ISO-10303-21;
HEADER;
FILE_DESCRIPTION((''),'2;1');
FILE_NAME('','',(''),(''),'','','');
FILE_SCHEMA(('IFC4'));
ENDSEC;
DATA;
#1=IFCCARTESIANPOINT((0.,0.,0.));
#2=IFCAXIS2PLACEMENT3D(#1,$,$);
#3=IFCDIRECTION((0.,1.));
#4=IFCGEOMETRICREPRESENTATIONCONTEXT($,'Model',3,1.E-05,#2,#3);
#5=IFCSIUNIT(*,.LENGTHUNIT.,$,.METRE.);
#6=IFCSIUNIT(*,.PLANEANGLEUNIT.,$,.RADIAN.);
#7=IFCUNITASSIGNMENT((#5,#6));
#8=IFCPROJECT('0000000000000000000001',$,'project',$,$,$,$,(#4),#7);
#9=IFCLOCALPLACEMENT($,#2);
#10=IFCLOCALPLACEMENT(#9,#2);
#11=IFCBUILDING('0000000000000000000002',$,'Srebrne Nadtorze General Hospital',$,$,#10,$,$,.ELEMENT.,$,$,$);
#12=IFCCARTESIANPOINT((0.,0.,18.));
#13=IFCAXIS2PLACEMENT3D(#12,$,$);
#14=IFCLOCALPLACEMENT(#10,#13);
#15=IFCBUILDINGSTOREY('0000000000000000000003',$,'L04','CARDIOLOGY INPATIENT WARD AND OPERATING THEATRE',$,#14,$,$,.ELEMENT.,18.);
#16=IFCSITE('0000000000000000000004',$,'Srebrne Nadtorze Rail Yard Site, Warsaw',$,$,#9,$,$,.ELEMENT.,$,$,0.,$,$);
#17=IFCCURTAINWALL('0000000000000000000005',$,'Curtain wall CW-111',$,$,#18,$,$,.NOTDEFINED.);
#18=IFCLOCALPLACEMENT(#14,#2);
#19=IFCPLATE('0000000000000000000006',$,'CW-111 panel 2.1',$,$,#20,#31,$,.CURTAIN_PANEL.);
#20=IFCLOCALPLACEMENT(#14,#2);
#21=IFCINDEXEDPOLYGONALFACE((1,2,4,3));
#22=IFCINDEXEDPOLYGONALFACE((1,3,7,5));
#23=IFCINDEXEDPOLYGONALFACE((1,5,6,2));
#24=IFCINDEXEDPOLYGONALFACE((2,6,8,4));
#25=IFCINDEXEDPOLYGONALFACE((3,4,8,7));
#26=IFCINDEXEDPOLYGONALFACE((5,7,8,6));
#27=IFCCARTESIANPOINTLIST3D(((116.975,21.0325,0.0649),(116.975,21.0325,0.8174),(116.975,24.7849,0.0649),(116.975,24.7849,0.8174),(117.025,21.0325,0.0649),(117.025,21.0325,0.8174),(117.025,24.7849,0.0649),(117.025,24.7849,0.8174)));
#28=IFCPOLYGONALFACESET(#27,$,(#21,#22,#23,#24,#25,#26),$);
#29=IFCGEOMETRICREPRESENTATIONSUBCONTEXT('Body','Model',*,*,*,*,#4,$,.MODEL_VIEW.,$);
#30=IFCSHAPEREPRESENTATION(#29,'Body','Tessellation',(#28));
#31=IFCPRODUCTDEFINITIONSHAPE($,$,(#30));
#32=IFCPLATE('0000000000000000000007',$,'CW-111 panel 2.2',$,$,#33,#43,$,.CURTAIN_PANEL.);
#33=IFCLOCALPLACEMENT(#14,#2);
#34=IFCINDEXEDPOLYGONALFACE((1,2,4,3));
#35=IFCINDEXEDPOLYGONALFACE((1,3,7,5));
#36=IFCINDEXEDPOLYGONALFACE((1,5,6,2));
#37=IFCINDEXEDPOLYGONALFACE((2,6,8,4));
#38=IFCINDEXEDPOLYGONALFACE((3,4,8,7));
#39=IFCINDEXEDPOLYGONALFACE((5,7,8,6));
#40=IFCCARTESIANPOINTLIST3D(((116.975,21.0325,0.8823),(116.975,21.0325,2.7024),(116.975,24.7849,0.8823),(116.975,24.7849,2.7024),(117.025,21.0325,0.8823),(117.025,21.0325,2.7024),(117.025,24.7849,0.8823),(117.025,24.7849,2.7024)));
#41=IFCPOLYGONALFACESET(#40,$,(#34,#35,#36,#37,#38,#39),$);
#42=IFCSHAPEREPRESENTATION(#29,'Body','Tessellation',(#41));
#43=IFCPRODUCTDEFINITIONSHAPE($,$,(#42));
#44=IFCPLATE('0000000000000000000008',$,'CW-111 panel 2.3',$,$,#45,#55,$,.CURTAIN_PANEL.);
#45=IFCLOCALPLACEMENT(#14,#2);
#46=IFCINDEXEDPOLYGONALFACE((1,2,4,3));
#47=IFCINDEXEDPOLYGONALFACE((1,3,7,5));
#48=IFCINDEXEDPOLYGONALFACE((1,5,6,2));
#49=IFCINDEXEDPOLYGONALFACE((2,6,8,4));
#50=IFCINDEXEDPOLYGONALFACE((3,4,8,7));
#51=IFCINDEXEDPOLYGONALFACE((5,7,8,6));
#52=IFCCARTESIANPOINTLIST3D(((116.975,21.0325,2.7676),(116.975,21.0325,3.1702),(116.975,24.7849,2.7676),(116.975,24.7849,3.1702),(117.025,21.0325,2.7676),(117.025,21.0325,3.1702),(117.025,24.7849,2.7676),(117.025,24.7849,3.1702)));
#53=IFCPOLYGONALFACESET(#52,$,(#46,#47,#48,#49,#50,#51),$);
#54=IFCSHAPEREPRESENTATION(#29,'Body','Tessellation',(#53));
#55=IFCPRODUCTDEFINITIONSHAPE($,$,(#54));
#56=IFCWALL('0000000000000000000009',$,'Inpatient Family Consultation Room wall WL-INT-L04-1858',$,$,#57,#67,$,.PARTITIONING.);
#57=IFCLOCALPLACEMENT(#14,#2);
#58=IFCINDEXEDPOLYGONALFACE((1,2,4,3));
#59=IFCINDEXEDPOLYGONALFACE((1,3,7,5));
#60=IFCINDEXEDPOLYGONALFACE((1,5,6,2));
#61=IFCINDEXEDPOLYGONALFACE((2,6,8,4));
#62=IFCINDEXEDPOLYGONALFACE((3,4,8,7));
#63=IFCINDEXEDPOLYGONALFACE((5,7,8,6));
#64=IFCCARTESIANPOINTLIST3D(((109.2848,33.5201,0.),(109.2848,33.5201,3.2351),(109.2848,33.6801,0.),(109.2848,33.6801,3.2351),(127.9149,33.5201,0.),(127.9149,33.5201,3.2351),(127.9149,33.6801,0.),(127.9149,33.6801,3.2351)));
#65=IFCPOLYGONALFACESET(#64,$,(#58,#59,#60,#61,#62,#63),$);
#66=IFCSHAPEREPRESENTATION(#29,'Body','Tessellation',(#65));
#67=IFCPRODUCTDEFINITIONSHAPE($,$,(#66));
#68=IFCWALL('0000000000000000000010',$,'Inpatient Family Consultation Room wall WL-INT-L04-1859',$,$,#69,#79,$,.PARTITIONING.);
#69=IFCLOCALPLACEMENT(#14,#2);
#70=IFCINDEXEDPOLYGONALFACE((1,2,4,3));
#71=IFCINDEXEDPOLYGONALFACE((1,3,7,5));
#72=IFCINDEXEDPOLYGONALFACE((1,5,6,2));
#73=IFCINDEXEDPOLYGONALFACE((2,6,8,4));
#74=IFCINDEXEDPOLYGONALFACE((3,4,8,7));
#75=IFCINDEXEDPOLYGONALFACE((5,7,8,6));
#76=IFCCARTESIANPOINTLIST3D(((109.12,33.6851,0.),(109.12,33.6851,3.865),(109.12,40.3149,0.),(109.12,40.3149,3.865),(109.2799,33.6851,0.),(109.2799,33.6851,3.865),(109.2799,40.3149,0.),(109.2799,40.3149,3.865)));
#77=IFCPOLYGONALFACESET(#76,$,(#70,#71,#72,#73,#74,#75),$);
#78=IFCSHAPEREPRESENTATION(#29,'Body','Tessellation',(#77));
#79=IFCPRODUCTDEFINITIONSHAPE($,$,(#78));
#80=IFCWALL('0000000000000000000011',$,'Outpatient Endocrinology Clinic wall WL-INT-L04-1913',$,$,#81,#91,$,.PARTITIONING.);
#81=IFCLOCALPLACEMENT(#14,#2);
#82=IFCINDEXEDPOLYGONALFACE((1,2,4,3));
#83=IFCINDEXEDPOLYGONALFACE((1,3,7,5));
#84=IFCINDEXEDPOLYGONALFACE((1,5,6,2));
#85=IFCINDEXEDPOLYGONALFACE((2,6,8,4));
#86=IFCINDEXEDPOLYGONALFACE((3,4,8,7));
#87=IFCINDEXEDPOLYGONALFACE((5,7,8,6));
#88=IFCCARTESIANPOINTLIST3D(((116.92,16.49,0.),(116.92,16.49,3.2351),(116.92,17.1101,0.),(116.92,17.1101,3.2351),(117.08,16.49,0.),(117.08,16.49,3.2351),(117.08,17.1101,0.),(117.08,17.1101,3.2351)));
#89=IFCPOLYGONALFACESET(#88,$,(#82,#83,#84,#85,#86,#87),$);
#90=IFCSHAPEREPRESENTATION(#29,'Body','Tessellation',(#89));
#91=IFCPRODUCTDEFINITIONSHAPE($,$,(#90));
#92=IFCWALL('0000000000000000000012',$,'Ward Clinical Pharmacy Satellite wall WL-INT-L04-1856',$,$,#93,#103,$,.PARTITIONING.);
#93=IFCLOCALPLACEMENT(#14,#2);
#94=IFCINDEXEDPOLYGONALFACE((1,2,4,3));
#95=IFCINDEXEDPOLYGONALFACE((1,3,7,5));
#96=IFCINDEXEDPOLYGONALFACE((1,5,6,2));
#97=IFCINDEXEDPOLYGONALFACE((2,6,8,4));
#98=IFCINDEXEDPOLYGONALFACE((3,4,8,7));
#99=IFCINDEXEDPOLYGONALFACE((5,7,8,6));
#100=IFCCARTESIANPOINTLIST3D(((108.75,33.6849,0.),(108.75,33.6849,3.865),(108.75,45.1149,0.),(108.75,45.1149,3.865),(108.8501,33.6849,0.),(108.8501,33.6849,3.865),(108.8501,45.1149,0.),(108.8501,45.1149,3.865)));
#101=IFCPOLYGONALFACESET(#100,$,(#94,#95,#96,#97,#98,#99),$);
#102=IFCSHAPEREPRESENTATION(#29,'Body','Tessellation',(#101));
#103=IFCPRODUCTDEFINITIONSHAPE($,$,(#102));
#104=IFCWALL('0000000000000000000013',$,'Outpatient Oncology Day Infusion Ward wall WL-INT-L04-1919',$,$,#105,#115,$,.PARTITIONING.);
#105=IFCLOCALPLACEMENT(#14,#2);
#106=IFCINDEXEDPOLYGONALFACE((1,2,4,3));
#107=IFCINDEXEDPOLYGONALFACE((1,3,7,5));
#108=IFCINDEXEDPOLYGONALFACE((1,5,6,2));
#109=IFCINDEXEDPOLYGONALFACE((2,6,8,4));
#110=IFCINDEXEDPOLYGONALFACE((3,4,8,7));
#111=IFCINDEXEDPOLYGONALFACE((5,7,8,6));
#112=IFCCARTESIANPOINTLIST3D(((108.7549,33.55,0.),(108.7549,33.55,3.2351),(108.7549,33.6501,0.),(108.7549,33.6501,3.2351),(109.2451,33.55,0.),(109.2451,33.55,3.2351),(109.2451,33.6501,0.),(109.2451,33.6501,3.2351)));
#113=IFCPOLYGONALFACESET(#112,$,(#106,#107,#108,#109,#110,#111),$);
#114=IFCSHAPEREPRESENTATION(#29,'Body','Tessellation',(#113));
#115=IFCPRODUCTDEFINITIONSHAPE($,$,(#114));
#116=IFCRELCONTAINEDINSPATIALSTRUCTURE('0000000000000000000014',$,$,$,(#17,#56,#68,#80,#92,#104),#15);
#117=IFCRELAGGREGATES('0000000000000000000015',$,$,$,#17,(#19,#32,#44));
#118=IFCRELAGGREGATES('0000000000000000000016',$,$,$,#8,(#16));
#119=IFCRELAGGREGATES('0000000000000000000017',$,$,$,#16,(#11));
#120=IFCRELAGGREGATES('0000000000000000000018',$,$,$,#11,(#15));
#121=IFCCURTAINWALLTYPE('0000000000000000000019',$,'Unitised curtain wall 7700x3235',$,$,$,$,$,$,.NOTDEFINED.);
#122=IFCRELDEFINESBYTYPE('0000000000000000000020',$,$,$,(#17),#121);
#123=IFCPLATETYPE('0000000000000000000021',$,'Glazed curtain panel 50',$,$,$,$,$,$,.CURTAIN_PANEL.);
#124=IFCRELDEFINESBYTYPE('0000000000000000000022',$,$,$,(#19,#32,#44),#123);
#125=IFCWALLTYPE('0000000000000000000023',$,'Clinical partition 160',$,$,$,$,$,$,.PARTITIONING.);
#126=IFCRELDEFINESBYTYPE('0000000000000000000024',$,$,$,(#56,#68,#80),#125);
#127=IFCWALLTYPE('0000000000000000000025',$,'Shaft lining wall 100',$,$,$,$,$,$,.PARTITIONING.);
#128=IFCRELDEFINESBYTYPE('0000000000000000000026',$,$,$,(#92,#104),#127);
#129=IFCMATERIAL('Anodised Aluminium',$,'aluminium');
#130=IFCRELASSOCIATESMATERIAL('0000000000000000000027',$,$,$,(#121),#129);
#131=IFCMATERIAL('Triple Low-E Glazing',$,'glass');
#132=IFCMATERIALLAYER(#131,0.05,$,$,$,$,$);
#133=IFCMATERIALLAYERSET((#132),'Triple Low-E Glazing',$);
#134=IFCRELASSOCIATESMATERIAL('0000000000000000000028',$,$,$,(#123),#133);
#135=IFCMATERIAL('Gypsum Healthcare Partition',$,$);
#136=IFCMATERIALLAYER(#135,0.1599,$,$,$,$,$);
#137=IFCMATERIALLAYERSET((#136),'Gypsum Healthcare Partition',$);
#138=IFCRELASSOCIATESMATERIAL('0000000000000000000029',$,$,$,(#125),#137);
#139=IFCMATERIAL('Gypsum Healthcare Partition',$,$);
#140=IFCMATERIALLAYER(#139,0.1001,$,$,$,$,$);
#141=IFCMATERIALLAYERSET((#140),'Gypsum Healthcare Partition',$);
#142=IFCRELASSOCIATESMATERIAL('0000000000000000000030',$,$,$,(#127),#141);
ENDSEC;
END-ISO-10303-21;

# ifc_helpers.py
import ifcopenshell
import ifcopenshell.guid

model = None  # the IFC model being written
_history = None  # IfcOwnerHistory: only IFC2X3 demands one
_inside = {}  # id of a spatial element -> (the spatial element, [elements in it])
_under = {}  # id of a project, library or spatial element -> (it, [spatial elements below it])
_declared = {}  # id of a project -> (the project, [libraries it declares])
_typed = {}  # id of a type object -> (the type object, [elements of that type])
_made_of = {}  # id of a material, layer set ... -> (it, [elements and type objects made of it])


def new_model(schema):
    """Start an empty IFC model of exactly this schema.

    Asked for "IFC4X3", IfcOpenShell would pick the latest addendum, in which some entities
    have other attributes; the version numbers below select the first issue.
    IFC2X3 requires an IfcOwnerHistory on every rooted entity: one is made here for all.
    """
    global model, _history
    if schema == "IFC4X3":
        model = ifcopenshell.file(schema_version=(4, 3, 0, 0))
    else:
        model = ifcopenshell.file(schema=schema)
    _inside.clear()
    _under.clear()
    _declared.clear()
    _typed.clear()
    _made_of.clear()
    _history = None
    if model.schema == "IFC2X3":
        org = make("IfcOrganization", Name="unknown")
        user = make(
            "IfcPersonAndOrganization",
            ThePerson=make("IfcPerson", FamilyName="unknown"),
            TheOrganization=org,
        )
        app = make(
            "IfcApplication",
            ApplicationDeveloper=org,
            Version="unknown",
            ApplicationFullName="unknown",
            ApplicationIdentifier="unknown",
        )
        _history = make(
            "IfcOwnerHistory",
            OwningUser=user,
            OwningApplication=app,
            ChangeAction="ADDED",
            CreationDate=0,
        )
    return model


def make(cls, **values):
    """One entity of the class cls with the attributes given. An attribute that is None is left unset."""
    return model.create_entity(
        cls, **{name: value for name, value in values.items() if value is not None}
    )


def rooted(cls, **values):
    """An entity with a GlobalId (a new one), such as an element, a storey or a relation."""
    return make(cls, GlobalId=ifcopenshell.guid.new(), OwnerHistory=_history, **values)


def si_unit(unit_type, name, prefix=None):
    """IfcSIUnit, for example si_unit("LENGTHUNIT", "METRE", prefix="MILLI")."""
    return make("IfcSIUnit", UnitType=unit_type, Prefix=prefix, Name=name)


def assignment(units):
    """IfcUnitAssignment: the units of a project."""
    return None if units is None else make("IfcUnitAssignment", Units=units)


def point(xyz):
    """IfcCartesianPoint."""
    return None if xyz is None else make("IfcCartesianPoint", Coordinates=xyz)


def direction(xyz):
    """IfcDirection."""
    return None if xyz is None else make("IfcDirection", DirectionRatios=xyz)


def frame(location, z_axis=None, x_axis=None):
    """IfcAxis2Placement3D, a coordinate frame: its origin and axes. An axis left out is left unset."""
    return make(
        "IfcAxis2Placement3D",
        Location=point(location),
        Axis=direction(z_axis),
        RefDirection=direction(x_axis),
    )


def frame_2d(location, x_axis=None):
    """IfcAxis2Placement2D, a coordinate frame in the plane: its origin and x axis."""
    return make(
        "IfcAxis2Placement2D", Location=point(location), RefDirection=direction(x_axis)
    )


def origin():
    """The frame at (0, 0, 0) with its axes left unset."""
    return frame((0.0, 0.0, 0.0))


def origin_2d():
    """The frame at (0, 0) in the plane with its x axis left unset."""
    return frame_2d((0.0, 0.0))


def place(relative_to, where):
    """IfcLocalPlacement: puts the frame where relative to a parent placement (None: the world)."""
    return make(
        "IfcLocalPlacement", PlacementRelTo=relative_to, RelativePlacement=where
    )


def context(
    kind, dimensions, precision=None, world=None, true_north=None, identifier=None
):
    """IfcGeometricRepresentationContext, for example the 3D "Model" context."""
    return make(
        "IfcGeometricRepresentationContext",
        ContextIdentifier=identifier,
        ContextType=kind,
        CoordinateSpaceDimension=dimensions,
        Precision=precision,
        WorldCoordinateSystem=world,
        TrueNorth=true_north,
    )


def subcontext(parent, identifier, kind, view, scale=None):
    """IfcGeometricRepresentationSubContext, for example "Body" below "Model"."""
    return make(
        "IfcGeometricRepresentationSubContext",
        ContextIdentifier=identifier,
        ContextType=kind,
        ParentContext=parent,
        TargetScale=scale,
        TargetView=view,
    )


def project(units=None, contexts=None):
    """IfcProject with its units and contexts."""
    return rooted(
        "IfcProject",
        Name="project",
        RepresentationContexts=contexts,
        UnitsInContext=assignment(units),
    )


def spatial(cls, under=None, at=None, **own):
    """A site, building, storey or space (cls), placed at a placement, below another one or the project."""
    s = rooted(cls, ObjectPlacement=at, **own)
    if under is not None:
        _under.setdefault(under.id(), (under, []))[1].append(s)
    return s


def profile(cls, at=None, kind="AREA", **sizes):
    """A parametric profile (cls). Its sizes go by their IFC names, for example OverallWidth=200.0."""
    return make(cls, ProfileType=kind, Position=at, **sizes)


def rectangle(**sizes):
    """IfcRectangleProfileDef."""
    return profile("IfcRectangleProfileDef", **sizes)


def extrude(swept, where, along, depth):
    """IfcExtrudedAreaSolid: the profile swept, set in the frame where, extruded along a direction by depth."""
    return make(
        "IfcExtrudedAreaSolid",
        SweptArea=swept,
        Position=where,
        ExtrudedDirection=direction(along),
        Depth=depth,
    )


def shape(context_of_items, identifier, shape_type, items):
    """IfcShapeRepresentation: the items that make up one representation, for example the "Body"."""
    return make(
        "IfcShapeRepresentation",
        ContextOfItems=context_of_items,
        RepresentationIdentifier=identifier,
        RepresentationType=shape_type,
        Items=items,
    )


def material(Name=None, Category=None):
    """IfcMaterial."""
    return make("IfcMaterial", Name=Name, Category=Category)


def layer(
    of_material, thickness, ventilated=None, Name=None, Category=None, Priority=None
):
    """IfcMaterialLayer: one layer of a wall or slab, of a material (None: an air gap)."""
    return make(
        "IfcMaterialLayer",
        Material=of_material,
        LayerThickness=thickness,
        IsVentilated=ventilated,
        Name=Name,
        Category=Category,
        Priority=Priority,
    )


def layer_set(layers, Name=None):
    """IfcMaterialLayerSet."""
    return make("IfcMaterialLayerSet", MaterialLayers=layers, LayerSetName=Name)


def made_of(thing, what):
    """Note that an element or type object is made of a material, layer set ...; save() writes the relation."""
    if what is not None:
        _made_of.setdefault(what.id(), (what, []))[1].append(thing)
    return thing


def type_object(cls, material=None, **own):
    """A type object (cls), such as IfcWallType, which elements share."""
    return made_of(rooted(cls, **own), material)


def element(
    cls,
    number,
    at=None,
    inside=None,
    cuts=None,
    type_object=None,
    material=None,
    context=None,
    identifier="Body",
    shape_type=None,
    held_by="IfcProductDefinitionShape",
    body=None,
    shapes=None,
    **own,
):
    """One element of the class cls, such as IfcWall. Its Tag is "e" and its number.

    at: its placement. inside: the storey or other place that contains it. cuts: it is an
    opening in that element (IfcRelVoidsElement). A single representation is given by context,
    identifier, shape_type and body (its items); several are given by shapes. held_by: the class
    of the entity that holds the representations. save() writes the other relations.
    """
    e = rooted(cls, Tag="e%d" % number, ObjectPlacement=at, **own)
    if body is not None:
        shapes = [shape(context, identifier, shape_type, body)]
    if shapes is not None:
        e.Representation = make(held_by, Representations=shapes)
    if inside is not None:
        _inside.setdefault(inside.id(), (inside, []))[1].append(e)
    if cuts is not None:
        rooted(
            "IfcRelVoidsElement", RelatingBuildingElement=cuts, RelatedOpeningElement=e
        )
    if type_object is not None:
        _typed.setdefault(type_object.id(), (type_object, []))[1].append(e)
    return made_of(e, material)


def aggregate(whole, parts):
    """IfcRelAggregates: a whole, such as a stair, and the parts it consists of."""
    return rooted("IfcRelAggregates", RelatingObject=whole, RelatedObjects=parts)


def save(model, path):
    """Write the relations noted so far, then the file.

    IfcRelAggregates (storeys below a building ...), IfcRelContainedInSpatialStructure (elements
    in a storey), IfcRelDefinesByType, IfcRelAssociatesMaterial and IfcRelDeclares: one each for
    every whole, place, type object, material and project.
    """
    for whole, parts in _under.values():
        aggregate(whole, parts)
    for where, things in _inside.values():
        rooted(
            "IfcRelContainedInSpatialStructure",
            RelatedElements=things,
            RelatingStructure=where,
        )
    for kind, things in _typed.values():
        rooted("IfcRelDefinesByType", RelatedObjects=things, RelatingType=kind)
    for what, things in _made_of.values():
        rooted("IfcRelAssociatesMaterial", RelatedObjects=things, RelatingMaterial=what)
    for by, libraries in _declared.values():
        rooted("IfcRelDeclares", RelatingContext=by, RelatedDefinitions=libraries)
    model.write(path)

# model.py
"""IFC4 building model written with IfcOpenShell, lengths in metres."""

from ifc_helpers import new_model, si_unit, direction, frame, frame_2d, origin, origin_2d, place, context, subcontext, project, spatial, rectangle, extrude, material, layer, layer_set, type_object, element, aggregate, save


model = new_model("IFC4")

# Units and contexts
model_context = context("Model", 3, precision=1e-05, world=origin(), true_north=direction((0.0, 1.0)))
body_context = subcontext(model_context, "Body", "Model", "MODEL_VIEW")
ifc_project = project(units=[si_unit("LENGTHUNIT", "METRE"), si_unit("PLANEANGLEUNIT", "RADIAN")], contexts=[model_context])

# Site, building, storey
site_placement = place(None, origin())
site = spatial("IfcSite", under=ifc_project, at=site_placement, Name="Srebrne Nadtorze Rail Yard Site, Warsaw", CompositionType="ELEMENT", RefElevation=0.0)
building_placement = place(site_placement, origin())
building = spatial("IfcBuilding", under=site, at=building_placement, Name="Srebrne Nadtorze General Hospital", CompositionType="ELEMENT")
storey_placement = place(building_placement, frame((0.0, 0.0, 18.0)))
storey = spatial("IfcBuildingStorey", under=building, at=storey_placement, Name="L04", Description="CARDIOLOGY INPATIENT WARD AND OPERATING THEATRE", CompositionType="ELEMENT", Elevation=18.0)

# Shared definitions
ifc_material_1 = material(Name="Anodised Aluminium", Category="aluminium")
curtain_wall_type = type_object("IfcCurtainWallType", Name="Unitised curtain wall 7700x3235", PredefinedType="NOTDEFINED", material=ifc_material_1)

# Curtain wall
curtain_wall_1_placement = place(storey_placement, origin())
curtain_wall_1 = element("IfcCurtainWall", 1, at=curtain_wall_1_placement, inside=storey, type_object=curtain_wall_type, Name="Curtain wall CW-111", PredefinedType="NOTDEFINED")

# Plates
ifc_material_2 = material(Name="Triple Low-E Glazing", Category="glass")
ifc_layer_1 = layer(ifc_material_2, 0.05)
ifc_layer_set_1 = layer_set([ifc_layer_1], Name="Triple Low-E Glazing")
plate_type = type_object("IfcPlateType", Name="Glazed curtain panel 50", PredefinedType="CURTAIN_PANEL", material=ifc_layer_set_1)
plate_1_placement = place(storey_placement, frame((117.0, 22.9087, 0.0649), z_axis=(0.0, 0.0, 1.0), x_axis=(0.0, 1.0, 0.0)))
plate_1 = element("IfcPlate", 2, at=plate_1_placement, type_object=plate_type, Name="CW-111 panel 2.1", PredefinedType="CURTAIN_PANEL", context=body_context, shape_type="SweptSolid", body=[
    extrude(rectangle(XDim=3.7524, YDim=0.05, at=origin_2d()), origin(), (0.0, 0.0, 1.0), 0.7524),
])
plate_2_placement = place(storey_placement, frame((117.0, 22.9087, 0.8823), z_axis=(0.0, 0.0, 1.0), x_axis=(0.0, 1.0, 0.0)))
plate_2 = element("IfcPlate", 3, at=plate_2_placement, type_object=plate_type, Name="CW-111 panel 2.2", PredefinedType="CURTAIN_PANEL", context=body_context, shape_type="SweptSolid", body=[
    extrude(rectangle(XDim=3.7524, YDim=0.05, at=origin_2d()), origin(), (0.0, 0.0, 1.0), 1.8201),
])
plate_3_placement = place(storey_placement, frame((117.0, 22.9087, 2.7676), z_axis=(0.0, 0.0, 1.0), x_axis=(0.0, 1.0, 0.0)))
plate_3 = element("IfcPlate", 4, at=plate_3_placement, type_object=plate_type, Name="CW-111 panel 2.3", PredefinedType="CURTAIN_PANEL", context=body_context, shape_type="SweptSolid", body=[
    extrude(rectangle(XDim=3.7524, YDim=0.05, at=origin_2d()), origin(), (0.0, 0.0, 1.0), 0.4026),
])
aggregate(curtain_wall_1, [plate_1, plate_2, plate_3])

# Walls
ifc_material_3 = material(Name="Gypsum Healthcare Partition")
ifc_layer_2 = layer(ifc_material_3, 0.1599)
ifc_layer_set_2 = layer_set([ifc_layer_2], Name="Gypsum Healthcare Partition")
wall_type_1 = type_object("IfcWallType", Name="Clinical partition 160", PredefinedType="PARTITIONING", material=ifc_layer_set_2)
wall_1_placement = place(storey_placement, frame((109.2849, 33.6001, 0.0), z_axis=(0.0, 0.0, 1.0), x_axis=(1.0, 0.0, 0.0)))
element("IfcWall", 5, at=wall_1_placement, inside=storey, type_object=wall_type_1, Name="Inpatient Family Consultation Room wall WL-INT-L04-1858", PredefinedType="PARTITIONING", context=body_context, shape_type="SweptSolid", body=[
    extrude(rectangle(XDim=18.6301, YDim=0.1599, at=frame_2d((9.3149, 0.0))), origin(), (0.0, 0.0, 1.0), 3.2351),
])
wall_2_placement = place(storey_placement, frame((109.2, 33.6851, 0.0), z_axis=(0.0, 0.0, 1.0), x_axis=(0.0, 1.0, 0.0)))
element("IfcWall", 6, at=wall_2_placement, inside=storey, type_object=wall_type_1, Name="Inpatient Family Consultation Room wall WL-INT-L04-1859", PredefinedType="PARTITIONING", context=body_context, shape_type="SweptSolid", body=[
    extrude(rectangle(XDim=6.6299, YDim=0.1599, at=frame_2d((3.3149, 0.0))), origin(), (0.0, 0.0, 1.0), 3.865),
])
wall_3_placement = place(storey_placement, frame((117.0, 16.49, 0.0), z_axis=(0.0, 0.0, 1.0), x_axis=(0.0, 1.0, 0.0)))
element("IfcWall", 7, at=wall_3_placement, inside=storey, type_object=wall_type_1, Name="Outpatient Endocrinology Clinic wall WL-INT-L04-1913", PredefinedType="PARTITIONING", context=body_context, shape_type="SweptSolid", body=[
    extrude(rectangle(XDim=0.6201, YDim=0.1599, at=frame_2d((0.3101, 0.0))), origin(), (0.0, 0.0, 1.0), 3.2351),
])
ifc_material_4 = material(Name="Gypsum Healthcare Partition")
ifc_layer_3 = layer(ifc_material_4, 0.1001)
ifc_layer_set_3 = layer_set([ifc_layer_3], Name="Gypsum Healthcare Partition")
wall_type_2 = type_object("IfcWallType", Name="Shaft lining wall 100", PredefinedType="PARTITIONING", material=ifc_layer_set_3)
wall_4_placement = place(storey_placement, frame((108.8, 33.6851, 0.0), z_axis=(0.0, 0.0, 1.0), x_axis=(0.0, 1.0, 0.0)))
element("IfcWall", 8, at=wall_4_placement, inside=storey, type_object=wall_type_2, Name="Ward Clinical Pharmacy Satellite wall WL-INT-L04-1856", PredefinedType="PARTITIONING", context=body_context, shape_type="SweptSolid", body=[
    extrude(rectangle(XDim=11.4299, YDim=0.1001, at=frame_2d((5.7148, 0.0))), origin(), (0.0, 0.0, 1.0), 3.865),
])
wall_5_placement = place(storey_placement, frame((108.7549, 33.6001, 0.0), z_axis=(0.0, 0.0, 1.0), x_axis=(1.0, 0.0, 0.0)))
element("IfcWall", 9, at=wall_5_placement, inside=storey, type_object=wall_type_2, Name="Outpatient Oncology Day Infusion Ward wall WL-INT-L04-1919", PredefinedType="PARTITIONING", context=body_context, shape_type="SweptSolid", body=[
    extrude(rectangle(XDim=0.4902, YDim=0.1001, at=frame_2d((0.2451, 0.0))), origin(), (0.0, 0.0, 1.0), 3.2351),
])

save(model, "model.ifc")
